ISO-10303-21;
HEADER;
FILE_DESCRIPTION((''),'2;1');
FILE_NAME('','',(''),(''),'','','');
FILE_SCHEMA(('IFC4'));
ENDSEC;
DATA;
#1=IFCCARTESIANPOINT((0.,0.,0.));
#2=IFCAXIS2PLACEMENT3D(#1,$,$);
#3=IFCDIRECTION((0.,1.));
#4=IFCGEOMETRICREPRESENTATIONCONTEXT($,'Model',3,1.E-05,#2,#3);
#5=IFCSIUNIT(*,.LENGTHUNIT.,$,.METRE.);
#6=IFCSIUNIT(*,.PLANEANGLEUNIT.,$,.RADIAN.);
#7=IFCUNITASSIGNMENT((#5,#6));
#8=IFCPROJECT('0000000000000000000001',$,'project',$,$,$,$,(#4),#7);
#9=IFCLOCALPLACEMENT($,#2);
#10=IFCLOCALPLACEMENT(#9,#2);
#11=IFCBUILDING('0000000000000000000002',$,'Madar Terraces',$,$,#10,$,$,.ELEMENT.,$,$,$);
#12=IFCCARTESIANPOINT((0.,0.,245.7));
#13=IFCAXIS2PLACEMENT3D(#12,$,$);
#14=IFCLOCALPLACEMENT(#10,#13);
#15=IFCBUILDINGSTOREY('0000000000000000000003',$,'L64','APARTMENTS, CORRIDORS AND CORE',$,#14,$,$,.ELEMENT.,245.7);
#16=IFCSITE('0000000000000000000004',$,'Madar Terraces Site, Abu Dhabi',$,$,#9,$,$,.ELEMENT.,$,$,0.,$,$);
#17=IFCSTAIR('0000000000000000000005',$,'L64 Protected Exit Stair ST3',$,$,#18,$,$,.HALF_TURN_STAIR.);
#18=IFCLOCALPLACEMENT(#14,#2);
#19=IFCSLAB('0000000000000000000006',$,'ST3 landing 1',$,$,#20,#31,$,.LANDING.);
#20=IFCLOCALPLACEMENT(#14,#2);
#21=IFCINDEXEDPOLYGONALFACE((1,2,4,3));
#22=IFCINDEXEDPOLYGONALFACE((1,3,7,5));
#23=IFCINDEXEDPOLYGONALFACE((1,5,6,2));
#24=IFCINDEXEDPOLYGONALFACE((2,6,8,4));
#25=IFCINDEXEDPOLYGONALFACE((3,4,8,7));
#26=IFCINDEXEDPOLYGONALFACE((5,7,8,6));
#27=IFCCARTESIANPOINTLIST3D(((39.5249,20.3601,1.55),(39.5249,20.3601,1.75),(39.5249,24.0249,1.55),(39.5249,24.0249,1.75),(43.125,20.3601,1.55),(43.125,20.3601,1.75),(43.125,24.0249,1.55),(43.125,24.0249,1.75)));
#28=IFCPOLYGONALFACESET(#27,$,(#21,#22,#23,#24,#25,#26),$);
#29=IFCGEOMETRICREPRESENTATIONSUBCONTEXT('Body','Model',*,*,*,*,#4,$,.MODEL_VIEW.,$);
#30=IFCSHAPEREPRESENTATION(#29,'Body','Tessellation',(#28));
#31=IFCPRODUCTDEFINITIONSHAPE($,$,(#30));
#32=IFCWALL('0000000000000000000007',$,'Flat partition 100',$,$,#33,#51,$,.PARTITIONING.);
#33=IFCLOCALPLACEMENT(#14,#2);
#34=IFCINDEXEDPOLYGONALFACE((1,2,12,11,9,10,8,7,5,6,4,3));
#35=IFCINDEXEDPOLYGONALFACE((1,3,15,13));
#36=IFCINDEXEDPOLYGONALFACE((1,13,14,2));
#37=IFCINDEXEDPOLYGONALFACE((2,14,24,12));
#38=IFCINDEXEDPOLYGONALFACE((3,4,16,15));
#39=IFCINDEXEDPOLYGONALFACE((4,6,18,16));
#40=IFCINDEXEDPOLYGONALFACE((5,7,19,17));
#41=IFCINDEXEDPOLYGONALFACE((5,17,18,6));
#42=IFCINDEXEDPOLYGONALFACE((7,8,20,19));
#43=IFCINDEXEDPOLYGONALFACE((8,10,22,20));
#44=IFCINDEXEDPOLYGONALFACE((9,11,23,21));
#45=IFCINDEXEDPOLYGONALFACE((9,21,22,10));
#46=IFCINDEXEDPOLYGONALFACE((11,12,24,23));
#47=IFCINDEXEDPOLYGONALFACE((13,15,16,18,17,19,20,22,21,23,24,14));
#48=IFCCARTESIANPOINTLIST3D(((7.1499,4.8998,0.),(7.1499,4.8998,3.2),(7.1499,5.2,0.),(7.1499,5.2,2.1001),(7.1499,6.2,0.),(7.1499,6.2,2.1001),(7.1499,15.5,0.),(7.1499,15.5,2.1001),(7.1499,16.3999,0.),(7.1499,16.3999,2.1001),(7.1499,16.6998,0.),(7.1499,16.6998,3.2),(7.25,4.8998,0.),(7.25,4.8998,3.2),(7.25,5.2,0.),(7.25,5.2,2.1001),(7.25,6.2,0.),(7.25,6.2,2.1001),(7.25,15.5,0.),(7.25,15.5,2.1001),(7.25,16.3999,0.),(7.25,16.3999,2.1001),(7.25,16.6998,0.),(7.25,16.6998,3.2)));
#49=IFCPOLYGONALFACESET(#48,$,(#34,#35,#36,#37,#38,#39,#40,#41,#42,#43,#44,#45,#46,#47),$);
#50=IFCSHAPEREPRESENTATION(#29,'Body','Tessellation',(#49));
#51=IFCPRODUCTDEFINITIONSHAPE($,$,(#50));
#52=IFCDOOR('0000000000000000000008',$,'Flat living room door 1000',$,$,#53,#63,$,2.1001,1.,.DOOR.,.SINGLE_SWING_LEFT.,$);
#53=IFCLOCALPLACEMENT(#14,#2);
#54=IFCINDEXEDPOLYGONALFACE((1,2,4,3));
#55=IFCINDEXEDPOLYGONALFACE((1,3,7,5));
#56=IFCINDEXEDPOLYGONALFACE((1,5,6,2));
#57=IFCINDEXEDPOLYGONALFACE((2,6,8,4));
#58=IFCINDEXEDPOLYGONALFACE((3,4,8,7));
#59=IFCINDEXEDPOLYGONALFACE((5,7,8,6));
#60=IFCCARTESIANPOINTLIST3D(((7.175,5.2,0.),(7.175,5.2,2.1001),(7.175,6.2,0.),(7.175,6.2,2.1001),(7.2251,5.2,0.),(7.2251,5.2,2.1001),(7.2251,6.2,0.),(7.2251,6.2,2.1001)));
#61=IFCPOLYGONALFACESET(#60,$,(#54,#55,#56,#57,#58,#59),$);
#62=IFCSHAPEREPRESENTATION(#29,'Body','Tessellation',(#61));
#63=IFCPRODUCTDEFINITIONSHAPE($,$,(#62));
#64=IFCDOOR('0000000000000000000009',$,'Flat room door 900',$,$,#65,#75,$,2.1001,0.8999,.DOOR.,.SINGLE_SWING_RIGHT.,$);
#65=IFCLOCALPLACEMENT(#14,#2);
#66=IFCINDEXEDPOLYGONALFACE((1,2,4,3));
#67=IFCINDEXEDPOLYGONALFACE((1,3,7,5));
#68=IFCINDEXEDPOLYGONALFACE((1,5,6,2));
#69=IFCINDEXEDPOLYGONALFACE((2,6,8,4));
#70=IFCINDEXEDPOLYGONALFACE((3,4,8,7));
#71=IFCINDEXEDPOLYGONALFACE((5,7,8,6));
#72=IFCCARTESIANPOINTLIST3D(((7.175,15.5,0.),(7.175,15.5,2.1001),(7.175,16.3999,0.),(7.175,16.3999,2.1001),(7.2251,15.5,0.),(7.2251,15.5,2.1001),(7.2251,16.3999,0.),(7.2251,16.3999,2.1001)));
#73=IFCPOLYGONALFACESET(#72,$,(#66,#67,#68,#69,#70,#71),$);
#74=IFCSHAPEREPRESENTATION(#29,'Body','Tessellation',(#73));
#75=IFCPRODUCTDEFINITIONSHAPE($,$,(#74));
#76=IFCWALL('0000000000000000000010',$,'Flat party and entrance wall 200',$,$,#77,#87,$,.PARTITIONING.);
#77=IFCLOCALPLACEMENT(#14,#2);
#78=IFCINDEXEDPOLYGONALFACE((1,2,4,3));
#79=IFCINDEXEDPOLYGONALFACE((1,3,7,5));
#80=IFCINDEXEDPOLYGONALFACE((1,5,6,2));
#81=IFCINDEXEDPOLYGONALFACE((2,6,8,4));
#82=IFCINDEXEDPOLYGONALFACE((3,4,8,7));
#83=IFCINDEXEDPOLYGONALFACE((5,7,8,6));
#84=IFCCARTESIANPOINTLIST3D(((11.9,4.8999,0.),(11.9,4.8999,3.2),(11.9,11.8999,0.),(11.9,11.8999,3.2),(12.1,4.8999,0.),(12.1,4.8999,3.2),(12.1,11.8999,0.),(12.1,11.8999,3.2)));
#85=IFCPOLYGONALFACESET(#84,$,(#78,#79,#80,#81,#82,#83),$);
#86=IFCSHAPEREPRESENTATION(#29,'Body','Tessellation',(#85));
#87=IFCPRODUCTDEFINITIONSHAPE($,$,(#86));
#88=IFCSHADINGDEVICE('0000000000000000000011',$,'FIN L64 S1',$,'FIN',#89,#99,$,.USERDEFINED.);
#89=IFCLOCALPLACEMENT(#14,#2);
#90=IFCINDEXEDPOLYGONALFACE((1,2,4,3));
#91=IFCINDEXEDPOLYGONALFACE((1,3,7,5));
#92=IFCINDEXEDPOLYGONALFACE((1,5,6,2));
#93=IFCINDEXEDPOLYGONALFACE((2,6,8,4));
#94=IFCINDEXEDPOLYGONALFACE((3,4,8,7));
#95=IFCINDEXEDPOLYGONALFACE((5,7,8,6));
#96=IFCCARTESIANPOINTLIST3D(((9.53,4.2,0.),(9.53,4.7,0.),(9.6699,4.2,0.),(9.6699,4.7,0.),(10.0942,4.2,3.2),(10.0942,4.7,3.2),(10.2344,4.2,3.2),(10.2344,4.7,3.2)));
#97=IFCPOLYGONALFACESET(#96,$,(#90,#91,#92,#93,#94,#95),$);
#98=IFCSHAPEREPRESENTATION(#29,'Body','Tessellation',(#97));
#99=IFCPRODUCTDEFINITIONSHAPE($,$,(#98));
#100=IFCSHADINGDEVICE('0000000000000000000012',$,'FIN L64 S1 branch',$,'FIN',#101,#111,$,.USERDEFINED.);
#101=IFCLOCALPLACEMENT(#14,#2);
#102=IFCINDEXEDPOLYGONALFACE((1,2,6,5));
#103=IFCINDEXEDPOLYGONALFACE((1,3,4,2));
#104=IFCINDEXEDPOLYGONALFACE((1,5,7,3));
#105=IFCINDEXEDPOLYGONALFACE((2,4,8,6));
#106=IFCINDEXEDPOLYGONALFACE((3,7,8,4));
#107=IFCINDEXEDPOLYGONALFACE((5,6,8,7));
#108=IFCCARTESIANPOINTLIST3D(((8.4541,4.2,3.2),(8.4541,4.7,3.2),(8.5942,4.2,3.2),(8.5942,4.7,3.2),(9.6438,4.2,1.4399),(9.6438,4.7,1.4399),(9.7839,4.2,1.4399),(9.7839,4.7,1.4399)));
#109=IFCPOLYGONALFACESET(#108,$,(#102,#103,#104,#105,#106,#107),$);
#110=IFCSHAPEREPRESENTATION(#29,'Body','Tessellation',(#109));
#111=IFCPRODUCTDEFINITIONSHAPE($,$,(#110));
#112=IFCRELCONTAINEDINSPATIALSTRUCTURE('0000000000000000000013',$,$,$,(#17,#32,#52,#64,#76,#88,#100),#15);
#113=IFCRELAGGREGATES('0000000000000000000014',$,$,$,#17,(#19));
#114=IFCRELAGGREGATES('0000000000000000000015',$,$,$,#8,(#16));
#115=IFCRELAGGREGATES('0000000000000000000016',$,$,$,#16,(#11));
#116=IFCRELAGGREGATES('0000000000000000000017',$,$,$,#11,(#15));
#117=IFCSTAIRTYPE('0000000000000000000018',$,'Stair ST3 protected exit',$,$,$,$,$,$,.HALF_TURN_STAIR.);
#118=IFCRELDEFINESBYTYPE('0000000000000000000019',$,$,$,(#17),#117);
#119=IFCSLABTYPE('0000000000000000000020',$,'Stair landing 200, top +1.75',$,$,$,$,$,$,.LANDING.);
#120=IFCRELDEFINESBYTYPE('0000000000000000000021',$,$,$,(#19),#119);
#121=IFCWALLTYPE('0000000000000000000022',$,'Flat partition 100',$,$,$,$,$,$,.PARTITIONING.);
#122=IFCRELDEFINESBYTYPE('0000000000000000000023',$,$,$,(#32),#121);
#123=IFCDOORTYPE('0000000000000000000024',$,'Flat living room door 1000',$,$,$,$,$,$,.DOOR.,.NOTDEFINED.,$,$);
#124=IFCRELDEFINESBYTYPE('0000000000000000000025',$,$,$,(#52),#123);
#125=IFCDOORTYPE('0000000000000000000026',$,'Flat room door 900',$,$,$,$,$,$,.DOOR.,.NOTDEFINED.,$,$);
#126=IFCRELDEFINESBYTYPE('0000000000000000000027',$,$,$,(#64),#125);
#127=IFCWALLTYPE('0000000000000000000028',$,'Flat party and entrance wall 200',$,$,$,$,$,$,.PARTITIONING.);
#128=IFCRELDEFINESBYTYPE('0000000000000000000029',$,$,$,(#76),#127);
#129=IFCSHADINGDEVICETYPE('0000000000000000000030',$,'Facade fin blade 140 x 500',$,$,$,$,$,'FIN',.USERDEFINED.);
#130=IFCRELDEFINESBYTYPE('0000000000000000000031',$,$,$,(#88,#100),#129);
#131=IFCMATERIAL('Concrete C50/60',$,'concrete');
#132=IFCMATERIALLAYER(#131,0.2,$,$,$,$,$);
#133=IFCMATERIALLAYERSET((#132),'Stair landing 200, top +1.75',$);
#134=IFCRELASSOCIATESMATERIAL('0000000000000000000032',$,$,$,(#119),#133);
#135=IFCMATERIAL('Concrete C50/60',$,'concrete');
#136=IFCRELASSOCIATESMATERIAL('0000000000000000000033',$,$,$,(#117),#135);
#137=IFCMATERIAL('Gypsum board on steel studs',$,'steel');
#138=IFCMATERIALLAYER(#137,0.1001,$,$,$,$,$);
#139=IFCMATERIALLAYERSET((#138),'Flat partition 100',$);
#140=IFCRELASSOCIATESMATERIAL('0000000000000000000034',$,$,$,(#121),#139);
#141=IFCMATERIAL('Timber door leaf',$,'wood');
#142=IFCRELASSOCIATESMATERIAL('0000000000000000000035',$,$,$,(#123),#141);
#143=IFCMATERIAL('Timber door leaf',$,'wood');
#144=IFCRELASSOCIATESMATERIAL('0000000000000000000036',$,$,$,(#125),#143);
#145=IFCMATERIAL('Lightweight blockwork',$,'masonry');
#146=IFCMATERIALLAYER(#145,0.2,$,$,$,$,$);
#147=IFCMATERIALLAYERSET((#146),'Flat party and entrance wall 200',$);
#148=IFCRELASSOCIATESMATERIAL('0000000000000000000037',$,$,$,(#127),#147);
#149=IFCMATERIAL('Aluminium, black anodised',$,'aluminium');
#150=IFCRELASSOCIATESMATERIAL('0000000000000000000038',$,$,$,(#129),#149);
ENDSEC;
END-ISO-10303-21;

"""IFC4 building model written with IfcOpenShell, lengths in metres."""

from ifc_helpers import new_model, si_unit, direction, frame, frame_2d, origin, place, context, subcontext, project, spatial, polyline, rectangle, outline, extrude, material, layer, layer_set, type_object, element, fill, aggregate, save


model = new_model("IFC4")

# Units and contexts
model_context = context("Model", 3, precision=1e-05, world=origin(), true_north=direction((0.0, 1.0)))
body_context = subcontext(model_context, "Body", "Model", "MODEL_VIEW")
ifc_project = project(units=[si_unit("LENGTHUNIT", "METRE"), si_unit("PLANEANGLEUNIT", "RADIAN")], contexts=[model_context])

# Site, building, storey
site_placement = place(None, origin())
site = spatial("IfcSite", under=ifc_project, at=site_placement, Name="Madar Terraces Site, Abu Dhabi", CompositionType="ELEMENT", RefElevation=0.0)
building_placement = place(site_placement, origin())
building = spatial("IfcBuilding", under=site, at=building_placement, Name="Madar Terraces", CompositionType="ELEMENT")
storey_placement = place(building_placement, frame((0.0, 0.0, 245.7)))
storey = spatial("IfcBuildingStorey", under=building, at=storey_placement, Name="L64", Description="APARTMENTS, CORRIDORS AND CORE", CompositionType="ELEMENT", Elevation=245.7)

# Stair, slab
ifc_material_1 = material(Name="Concrete C50/60", Category="concrete")
ifc_layer_1 = layer(ifc_material_1, 0.2)
ifc_layer_set_1 = layer_set([ifc_layer_1], Name="Stair landing 200, top +1.75")
slab_type_1 = type_object("IfcSlabType", Name="Stair landing 200, top +1.75", PredefinedType="LANDING", material=ifc_layer_set_1)
ifc_material_2 = material(Name="Concrete C50/60", Category="concrete")
stair_type_1 = type_object("IfcStairType", Name="Stair ST3 protected exit", PredefinedType="HALF_TURN_STAIR", material=ifc_material_2)
stair_1_placement = place(storey_placement, origin())
stair_1 = element("IfcStair", 1, at=stair_1_placement, inside=storey, type_object=stair_type_1, Name="L64 Protected Exit Stair ST3", PredefinedType="HALF_TURN_STAIR")
slab_1_placement = place(storey_placement, frame((0.0, 0.0, 1.55)))
slab_1 = element("IfcSlab", 2, at=slab_1_placement, type_object=slab_type_1, Name="ST3 landing 1", PredefinedType="LANDING", context=body_context, shape_type="SweptSolid", body=[
    extrude(outline(polyline([(39.5249, 20.3601), (43.125, 20.3601), (43.125, 24.0249), (39.5249, 24.0249), (39.5249, 20.3601)])), origin(), (0.0, 0.0, 1.0), 0.2),
])
aggregate(stair_1, [slab_1])

# Wall, openings, doors
ifc_material_3 = material(Name="Gypsum board on steel studs", Category="steel")
ifc_layer_2 = layer(ifc_material_3, 0.1001)
ifc_layer_set_2 = layer_set([ifc_layer_2], Name="Flat partition 100")
wall_type_1 = type_object("IfcWallType", Name="Flat partition 100", PredefinedType="PARTITIONING", material=ifc_layer_set_2)
wall_1_placement = place(storey_placement, frame((7.2, 4.8999, 0.0), z_axis=(0.0, 0.0, 1.0), x_axis=(0.0, 1.0, 0.0)))
wall_1 = element("IfcWall", 3, at=wall_1_placement, inside=storey, type_object=wall_type_1, Name="Flat partition 100", PredefinedType="PARTITIONING", context=body_context, shape_type="SweptSolid", body=[
    extrude(rectangle(XDim=11.8, YDim=0.1001, at=frame_2d((5.8999, 0.0))), origin(), (0.0, 0.0, 1.0), 3.2),
])
opening_1_placement = place(wall_1_placement, frame((10.6001, 0.0, 0.0)))
opening_1 = element("IfcOpeningElement", 4, at=opening_1_placement, cuts=wall_1, PredefinedType="OPENING", context=body_context, shape_type="SweptSolid", body=[
    extrude(rectangle(XDim=0.8999, YDim=2.1001, at=frame_2d((0.45, 1.05))), frame((0.0, 0.0601, 0.0), z_axis=(0.0, -1.0, 0.0), x_axis=(1.0, 0.0, 0.0)), (0.0, 0.0, 1.0), 0.1201),
])
opening_2_placement = place(wall_1_placement, frame((0.3, 0.0, 0.0)))
opening_2 = element("IfcOpeningElement", 5, at=opening_2_placement, cuts=wall_1, PredefinedType="OPENING", context=body_context, shape_type="SweptSolid", body=[
    extrude(rectangle(XDim=1.0, YDim=2.1001, at=frame_2d((0.5, 1.05))), frame((0.0, 0.0601, 0.0), z_axis=(0.0, -1.0, 0.0), x_axis=(1.0, 0.0, 0.0)), (0.0, 0.0, 1.0), 0.1201),
])
ifc_material_4 = material(Name="Timber door leaf", Category="wood")
door_type_1 = type_object("IfcDoorType", Name="Flat living room door 1000", OperationType="NOTDEFINED", PredefinedType="DOOR", material=ifc_material_4)
door_1_placement = place(opening_2_placement, origin())
door_1 = element("IfcDoor", 6, at=door_1_placement, inside=storey, type_object=door_type_1, Name="Flat living room door 1000", OperationType="SINGLE_SWING_LEFT", OverallHeight=2.1001, OverallWidth=1.0, PredefinedType="DOOR", context=body_context, shape_type="SweptSolid", body=[
    extrude(rectangle(XDim=1.0, YDim=2.1001, at=frame_2d((0.5, 1.05))), frame((0.0, 0.0249, 0.0), z_axis=(0.0, -1.0, 0.0), x_axis=(1.0, 0.0, 0.0)), (0.0, 0.0, 1.0), 0.05),
])
fill(opening_2, door_1)
ifc_material_5 = material(Name="Timber door leaf", Category="wood")
door_type_2 = type_object("IfcDoorType", Name="Flat room door 900", OperationType="NOTDEFINED", PredefinedType="DOOR", material=ifc_material_5)
door_2_placement = place(opening_1_placement, origin())
door_2 = element("IfcDoor", 7, at=door_2_placement, inside=storey, type_object=door_type_2, Name="Flat room door 900", OperationType="SINGLE_SWING_RIGHT", OverallHeight=2.1001, OverallWidth=0.8999, PredefinedType="DOOR", context=body_context, shape_type="SweptSolid", body=[
    extrude(rectangle(XDim=0.8999, YDim=2.1001, at=frame_2d((0.45, 1.05))), frame((0.0, 0.0249, 0.0), z_axis=(0.0, -1.0, 0.0), x_axis=(1.0, 0.0, 0.0)), (0.0, 0.0, 1.0), 0.05),
])
fill(opening_1, door_2)

# Wall
ifc_material_6 = material(Name="Lightweight blockwork", Category="masonry")
ifc_layer_3 = layer(ifc_material_6, 0.2)
ifc_layer_set_3 = layer_set([ifc_layer_3], Name="Flat party and entrance wall 200")
wall_type_2 = type_object("IfcWallType", Name="Flat party and entrance wall 200", PredefinedType="PARTITIONING", material=ifc_layer_set_3)
wall_2_placement = place(storey_placement, frame((12.0, 4.8999, 0.0), z_axis=(0.0, 0.0, 1.0), x_axis=(0.0, 1.0, 0.0)))
element("IfcWall", 8, at=wall_2_placement, inside=storey, type_object=wall_type_2, Name="Flat party and entrance wall 200", PredefinedType="PARTITIONING", context=body_context, shape_type="SweptSolid", body=[
    extrude(rectangle(XDim=7.0, YDim=0.2, at=frame_2d((3.5, 0.0))), origin(), (0.0, 0.0, 1.0), 3.2),
])

# Shading devices
ifc_material_7 = material(Name="Aluminium, black anodised", Category="aluminium")
shading_device_type = type_object("IfcShadingDeviceType", Name="Facade fin blade 140 x 500", ElementType="FIN", PredefinedType="USERDEFINED", material=ifc_material_7)
shading_device_1_placement = place(storey_placement, frame((9.53, 4.45, 0.0), z_axis=(0.0, 0.0, 1.0), x_axis=(1.0, 0.0, 0.0)))
element("IfcShadingDevice", 9, at=shading_device_1_placement, inside=storey, type_object=shading_device_type, Name="FIN L64 S1", ObjectType="FIN", PredefinedType="USERDEFINED", context=body_context, shape_type="SweptSolid", body=[
    extrude(outline(polyline([(0.0, 0.0), (0.1399, 0.0), (0.7043, 3.2), (0.5642, 3.2), (0.0, 0.0)])), frame((0.0, 0.25, 0.0), z_axis=(0.0, -1.0, 0.0), x_axis=(1.0, 0.0, 0.0)), (0.0, 0.0, 1.0), 0.5),
])
shading_device_2_placement = place(storey_placement, frame((9.6438, 4.45, 1.4399), z_axis=(0.0, 0.0, 1.0), x_axis=(1.0, 0.0, 0.0)))
element("IfcShadingDevice", 10, at=shading_device_2_placement, inside=storey, type_object=shading_device_type, Name="FIN L64 S1 branch", ObjectType="FIN", PredefinedType="USERDEFINED", context=body_context, shape_type="SweptSolid", body=[
    extrude(outline(polyline([(0.0, 0.0), (0.1401, 0.0), (-1.0496, 1.76), (-1.1897, 1.76), (0.0, 0.0)])), frame((0.0, 0.25, 0.0), z_axis=(0.0, -1.0, 0.0), x_axis=(1.0, 0.0, 0.0)), (0.0, 0.0, 1.0), 0.5),
])

save(model, "model.ifc")
